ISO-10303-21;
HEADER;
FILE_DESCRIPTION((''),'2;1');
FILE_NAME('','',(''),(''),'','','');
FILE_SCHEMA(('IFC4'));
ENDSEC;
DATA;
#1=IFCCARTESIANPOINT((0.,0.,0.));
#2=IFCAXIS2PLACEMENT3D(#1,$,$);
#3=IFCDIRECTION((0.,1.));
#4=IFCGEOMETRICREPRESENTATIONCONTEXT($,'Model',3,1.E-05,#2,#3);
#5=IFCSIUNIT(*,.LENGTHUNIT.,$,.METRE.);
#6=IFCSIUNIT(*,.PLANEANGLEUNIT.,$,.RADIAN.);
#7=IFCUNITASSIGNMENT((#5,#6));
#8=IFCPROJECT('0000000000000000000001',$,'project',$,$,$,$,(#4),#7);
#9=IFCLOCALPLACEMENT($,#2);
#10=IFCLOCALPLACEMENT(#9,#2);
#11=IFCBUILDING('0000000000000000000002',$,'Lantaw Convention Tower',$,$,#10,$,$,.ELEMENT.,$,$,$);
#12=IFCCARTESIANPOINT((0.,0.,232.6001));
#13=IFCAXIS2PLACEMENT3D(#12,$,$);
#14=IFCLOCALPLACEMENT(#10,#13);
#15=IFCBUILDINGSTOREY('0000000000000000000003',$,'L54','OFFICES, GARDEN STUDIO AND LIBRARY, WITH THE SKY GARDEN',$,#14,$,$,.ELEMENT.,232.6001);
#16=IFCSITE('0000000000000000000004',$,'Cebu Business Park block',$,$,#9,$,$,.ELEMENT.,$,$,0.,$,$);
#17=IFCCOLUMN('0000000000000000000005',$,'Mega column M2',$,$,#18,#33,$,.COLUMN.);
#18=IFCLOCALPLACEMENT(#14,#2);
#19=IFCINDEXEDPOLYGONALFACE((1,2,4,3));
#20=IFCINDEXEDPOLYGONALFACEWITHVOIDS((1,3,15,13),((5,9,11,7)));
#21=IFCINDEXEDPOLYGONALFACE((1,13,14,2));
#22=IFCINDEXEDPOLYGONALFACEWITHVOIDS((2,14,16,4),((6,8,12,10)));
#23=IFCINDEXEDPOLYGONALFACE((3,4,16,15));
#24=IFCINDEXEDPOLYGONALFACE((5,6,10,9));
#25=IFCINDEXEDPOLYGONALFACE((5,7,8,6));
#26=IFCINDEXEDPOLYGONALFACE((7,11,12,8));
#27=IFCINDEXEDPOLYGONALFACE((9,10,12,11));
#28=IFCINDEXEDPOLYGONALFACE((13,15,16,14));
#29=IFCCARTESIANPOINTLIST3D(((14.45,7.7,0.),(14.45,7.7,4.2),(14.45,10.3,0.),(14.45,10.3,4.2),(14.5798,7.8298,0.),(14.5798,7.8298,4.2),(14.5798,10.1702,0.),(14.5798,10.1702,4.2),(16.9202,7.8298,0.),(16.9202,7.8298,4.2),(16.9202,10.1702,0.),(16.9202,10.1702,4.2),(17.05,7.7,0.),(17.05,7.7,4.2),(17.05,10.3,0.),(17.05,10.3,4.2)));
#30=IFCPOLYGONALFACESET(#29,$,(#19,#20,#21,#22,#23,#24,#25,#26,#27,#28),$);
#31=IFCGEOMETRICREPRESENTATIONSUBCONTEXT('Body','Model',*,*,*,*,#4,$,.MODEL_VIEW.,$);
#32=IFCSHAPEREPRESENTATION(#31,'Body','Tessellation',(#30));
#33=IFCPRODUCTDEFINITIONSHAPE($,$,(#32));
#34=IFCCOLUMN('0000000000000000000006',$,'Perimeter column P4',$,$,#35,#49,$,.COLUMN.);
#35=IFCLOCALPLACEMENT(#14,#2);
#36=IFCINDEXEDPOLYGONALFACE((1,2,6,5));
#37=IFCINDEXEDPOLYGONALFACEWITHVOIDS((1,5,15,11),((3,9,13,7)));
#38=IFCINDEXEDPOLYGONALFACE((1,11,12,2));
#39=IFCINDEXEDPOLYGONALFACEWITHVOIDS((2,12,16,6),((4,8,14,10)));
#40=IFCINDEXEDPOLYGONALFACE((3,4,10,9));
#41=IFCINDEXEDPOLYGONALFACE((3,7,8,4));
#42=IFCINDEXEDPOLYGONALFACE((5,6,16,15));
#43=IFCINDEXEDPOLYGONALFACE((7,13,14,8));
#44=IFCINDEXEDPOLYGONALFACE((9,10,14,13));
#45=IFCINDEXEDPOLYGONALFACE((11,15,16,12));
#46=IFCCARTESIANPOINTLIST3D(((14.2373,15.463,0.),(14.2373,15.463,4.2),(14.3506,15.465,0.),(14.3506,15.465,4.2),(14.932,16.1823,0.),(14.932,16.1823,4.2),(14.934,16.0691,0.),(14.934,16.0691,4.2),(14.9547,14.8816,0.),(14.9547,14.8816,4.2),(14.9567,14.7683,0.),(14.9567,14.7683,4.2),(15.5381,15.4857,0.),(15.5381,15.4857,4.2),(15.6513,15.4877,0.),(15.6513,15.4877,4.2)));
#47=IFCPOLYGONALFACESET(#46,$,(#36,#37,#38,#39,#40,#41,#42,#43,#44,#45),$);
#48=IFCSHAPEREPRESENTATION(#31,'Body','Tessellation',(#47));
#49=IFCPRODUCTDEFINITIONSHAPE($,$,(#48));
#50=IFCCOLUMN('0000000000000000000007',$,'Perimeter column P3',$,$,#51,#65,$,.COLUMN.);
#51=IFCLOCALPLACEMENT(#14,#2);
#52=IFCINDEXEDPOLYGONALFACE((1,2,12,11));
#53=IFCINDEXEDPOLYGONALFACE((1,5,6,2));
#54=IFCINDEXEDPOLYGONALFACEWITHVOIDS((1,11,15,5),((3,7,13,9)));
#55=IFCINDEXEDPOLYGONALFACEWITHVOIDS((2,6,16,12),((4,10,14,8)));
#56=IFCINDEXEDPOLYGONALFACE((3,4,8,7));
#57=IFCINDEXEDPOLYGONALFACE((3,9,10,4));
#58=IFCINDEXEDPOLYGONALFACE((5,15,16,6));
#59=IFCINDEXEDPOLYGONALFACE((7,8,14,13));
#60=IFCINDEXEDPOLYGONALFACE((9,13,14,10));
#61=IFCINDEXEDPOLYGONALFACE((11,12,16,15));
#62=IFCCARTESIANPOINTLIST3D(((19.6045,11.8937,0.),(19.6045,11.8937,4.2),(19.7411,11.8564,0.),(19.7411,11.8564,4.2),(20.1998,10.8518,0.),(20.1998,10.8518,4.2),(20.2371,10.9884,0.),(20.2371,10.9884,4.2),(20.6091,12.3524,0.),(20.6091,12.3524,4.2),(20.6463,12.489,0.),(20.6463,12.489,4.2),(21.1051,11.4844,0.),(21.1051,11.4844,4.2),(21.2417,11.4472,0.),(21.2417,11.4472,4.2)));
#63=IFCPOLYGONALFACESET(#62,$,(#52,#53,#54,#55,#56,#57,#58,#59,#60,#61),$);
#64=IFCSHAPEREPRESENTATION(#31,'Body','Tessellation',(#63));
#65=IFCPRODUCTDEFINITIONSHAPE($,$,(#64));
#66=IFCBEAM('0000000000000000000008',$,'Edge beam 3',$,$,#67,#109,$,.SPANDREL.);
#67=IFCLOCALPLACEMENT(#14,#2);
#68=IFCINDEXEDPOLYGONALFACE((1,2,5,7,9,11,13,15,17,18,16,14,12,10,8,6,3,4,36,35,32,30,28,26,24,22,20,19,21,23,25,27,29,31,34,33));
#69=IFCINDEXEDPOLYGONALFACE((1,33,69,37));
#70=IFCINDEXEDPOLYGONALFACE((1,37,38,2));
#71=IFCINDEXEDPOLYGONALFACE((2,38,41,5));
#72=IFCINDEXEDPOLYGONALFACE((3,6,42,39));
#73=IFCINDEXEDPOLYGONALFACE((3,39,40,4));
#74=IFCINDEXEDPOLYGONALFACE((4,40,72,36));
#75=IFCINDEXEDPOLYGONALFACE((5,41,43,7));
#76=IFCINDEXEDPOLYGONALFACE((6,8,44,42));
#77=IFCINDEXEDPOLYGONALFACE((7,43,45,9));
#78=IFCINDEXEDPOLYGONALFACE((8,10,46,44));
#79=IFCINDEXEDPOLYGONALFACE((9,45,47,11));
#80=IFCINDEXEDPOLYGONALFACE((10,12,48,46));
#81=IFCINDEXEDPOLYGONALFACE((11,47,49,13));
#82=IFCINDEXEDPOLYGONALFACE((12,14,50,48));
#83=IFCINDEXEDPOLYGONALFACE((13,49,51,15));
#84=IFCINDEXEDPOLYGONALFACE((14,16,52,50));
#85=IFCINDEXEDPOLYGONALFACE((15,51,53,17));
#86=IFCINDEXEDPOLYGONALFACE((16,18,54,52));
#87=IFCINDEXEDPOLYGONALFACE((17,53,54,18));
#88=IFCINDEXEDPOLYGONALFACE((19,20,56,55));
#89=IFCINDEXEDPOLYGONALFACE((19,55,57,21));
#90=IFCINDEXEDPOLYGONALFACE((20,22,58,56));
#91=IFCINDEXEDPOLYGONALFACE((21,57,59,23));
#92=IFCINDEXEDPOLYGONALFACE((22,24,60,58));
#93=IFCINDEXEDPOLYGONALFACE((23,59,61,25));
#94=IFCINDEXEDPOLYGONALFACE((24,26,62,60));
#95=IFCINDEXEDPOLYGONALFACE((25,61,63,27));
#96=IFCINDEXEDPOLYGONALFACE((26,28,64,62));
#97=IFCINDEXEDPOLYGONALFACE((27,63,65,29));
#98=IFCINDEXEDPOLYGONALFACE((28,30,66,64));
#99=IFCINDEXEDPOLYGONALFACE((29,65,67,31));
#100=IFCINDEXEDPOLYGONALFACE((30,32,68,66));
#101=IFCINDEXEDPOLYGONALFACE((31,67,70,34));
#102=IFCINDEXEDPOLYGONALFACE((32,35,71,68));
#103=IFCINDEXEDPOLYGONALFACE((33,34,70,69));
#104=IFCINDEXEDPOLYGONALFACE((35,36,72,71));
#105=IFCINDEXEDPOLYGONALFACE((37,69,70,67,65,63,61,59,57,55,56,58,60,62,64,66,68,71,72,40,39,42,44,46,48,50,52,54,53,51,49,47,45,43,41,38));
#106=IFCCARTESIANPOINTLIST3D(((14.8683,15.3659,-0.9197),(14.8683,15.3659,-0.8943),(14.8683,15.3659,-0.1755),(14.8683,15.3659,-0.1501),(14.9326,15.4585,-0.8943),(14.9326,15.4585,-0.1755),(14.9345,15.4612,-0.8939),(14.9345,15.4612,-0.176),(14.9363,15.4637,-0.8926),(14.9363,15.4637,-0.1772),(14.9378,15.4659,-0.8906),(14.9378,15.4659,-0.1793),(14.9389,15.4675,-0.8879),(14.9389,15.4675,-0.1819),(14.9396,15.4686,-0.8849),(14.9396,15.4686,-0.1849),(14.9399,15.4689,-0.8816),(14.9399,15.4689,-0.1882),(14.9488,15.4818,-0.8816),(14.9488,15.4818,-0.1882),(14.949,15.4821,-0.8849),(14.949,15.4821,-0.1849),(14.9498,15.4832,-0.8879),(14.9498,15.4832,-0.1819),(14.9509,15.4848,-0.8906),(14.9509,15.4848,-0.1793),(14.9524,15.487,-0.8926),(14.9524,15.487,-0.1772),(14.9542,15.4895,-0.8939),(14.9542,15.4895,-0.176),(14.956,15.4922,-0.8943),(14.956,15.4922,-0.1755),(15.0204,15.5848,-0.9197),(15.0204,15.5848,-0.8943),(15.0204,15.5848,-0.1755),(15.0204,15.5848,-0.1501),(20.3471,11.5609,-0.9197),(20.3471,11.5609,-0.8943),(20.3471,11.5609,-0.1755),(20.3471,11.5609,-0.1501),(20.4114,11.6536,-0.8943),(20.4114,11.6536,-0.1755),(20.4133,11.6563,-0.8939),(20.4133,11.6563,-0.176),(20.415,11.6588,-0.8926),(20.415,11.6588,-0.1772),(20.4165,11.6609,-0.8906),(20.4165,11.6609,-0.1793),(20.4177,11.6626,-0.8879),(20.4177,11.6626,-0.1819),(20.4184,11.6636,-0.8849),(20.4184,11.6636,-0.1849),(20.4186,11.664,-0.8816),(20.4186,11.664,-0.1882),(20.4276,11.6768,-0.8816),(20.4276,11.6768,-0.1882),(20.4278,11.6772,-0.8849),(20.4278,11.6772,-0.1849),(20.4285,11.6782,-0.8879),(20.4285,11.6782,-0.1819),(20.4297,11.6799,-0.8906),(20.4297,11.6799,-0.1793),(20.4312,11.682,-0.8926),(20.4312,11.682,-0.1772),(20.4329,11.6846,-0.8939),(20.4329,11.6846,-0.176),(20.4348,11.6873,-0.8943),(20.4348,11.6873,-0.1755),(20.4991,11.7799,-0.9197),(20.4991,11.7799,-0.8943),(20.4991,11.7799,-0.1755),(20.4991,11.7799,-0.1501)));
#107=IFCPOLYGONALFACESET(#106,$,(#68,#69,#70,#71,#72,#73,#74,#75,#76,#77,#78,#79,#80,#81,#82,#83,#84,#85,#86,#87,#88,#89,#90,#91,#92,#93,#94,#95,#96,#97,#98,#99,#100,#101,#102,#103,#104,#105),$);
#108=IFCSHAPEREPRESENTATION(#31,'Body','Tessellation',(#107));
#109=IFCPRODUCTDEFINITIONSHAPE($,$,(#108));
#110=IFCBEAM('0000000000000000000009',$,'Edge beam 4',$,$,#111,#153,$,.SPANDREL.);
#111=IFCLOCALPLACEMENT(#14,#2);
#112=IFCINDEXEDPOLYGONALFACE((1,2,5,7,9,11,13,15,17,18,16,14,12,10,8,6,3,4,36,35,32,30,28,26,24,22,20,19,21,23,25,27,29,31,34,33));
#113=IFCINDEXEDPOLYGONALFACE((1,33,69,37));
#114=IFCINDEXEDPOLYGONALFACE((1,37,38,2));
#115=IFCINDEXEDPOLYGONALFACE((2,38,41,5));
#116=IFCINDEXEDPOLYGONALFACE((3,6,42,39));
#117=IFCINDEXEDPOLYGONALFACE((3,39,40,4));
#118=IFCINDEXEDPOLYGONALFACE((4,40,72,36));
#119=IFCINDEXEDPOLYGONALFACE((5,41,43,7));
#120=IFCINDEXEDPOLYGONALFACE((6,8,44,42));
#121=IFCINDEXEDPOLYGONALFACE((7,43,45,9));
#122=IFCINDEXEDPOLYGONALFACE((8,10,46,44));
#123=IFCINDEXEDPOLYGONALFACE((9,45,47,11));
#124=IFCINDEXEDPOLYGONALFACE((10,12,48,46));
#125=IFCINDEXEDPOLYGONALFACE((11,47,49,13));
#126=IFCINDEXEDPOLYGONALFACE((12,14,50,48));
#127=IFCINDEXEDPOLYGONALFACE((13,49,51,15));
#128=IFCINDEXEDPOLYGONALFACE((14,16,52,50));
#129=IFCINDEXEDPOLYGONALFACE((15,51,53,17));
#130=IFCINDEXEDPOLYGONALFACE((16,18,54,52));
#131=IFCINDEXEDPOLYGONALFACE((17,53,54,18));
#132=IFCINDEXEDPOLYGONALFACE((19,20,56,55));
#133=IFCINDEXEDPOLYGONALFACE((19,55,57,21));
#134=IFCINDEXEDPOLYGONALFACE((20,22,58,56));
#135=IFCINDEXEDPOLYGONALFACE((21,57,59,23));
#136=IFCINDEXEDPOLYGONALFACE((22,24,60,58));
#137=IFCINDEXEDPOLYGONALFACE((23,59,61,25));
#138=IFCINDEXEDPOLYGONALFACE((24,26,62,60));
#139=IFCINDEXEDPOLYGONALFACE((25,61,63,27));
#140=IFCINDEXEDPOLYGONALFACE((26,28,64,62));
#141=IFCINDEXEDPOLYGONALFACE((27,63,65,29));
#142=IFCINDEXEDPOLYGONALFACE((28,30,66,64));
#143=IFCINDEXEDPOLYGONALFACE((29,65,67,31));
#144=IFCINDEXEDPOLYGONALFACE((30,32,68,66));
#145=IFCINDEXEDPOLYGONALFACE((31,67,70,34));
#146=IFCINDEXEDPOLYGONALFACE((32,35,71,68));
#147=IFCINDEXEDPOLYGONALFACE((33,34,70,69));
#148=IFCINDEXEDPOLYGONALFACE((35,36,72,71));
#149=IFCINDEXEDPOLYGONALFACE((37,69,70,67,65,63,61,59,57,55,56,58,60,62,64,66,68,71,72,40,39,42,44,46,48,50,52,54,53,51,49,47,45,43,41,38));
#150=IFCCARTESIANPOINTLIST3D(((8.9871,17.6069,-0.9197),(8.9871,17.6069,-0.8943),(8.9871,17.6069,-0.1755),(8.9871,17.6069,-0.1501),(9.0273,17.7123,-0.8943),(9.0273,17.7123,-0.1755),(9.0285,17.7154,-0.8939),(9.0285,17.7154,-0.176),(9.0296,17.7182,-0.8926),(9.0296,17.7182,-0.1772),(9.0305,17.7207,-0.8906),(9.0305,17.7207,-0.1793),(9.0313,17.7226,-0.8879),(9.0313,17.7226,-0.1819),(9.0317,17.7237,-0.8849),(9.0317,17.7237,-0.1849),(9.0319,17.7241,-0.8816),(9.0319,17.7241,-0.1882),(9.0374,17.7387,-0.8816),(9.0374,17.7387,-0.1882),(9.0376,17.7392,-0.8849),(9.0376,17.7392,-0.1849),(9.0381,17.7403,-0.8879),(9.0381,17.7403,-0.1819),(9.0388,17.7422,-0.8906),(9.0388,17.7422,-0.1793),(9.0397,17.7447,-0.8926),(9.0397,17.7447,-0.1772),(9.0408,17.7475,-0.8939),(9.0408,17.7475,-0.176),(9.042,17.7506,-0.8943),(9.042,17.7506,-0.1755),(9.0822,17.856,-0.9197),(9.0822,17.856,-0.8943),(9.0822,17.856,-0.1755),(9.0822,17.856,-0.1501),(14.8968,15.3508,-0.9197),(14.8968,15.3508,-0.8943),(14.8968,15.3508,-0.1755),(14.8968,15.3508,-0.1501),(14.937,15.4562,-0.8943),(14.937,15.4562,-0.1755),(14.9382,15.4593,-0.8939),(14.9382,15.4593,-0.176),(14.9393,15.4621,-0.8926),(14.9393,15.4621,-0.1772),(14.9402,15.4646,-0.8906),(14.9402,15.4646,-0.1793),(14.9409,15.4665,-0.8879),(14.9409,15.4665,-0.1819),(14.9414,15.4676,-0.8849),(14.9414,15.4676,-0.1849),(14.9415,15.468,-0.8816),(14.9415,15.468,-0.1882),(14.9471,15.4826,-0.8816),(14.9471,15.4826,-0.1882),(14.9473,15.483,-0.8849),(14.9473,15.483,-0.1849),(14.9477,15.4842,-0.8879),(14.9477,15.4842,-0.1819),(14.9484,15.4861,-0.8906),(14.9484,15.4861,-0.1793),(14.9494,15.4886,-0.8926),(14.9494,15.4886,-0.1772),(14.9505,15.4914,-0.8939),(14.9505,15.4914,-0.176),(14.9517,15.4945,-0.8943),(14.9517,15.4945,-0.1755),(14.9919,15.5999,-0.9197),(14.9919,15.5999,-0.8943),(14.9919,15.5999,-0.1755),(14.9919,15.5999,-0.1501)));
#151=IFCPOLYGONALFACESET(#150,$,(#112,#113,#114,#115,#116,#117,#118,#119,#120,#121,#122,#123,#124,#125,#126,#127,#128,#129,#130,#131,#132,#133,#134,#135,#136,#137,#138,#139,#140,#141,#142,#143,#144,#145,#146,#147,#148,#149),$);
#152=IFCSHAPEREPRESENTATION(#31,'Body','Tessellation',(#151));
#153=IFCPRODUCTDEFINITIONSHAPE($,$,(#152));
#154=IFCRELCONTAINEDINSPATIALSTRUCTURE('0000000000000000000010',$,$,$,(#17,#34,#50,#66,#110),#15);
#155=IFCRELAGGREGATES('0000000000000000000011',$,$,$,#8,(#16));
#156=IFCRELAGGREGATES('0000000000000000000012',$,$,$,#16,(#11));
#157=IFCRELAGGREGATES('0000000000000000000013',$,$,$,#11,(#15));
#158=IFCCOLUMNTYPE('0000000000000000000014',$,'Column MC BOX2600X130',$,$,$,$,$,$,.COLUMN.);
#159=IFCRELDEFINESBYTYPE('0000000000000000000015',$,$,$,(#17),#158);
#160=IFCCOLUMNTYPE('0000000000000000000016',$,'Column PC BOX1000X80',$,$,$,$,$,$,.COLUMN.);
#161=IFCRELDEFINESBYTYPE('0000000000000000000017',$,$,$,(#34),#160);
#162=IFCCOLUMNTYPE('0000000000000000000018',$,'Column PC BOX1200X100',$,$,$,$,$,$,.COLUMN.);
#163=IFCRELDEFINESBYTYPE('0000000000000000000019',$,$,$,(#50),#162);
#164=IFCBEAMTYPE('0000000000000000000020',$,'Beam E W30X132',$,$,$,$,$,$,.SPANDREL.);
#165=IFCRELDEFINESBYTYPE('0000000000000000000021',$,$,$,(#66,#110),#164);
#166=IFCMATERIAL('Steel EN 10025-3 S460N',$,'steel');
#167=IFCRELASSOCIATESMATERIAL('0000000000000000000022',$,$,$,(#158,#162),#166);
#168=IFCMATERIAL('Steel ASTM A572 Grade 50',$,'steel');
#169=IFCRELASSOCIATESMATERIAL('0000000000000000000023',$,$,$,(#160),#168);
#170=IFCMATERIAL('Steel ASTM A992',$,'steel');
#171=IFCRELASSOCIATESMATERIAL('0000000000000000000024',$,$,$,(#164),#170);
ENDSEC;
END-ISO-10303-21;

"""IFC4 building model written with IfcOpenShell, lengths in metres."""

from ifc_helpers import new_model, si_unit, direction, frame, origin, origin_2d, place, context, subcontext, project, spatial, rectangle, hollow_rectangle, i_section, extrude, material, material_profile, profile_set, type_object, element, save


model = new_model("IFC4")

# Units and contexts
model_context = context("Model", 3, precision=1e-05, world=origin(), true_north=direction((0.0, 1.0)))
body_context = subcontext(model_context, "Body", "Model", "MODEL_VIEW")
ifc_project = project(units=[si_unit("LENGTHUNIT", "METRE"), si_unit("PLANEANGLEUNIT", "RADIAN")], contexts=[model_context])

# Site, building, storey
site_placement = place(None, origin())
site = spatial("IfcSite", under=ifc_project, at=site_placement, Name="Cebu Business Park block", CompositionType="ELEMENT", RefElevation=0.0)
building_placement = place(site_placement, origin())
building = spatial("IfcBuilding", under=site, at=building_placement, Name="Lantaw Convention Tower", CompositionType="ELEMENT")
storey_placement = place(building_placement, frame((0.0, 0.0, 232.6001)))
storey = spatial("IfcBuildingStorey", under=building, at=storey_placement, Name="L54", Description="OFFICES, GARDEN STUDIO AND LIBRARY, WITH THE SKY GARDEN", CompositionType="ELEMENT", Elevation=232.6001)

# Columns
ifc_material_1 = material(Name="Steel EN 10025-3 S460N", Category="steel")
ifc_material_profile_1 = material_profile(ifc_material_1, hollow_rectangle(XDim=2.6001, YDim=2.6001, WallThickness=0.1299, at=origin_2d()), Name="BOX2600X130")
ifc_material_2 = material(Name="Concrete C60/75", Category="concrete")
ifc_material_profile_2 = material_profile(ifc_material_2, rectangle(XDim=2.3401, YDim=2.3401, at=origin_2d()), Name="Concrete fill of BOX2600X130")
ifc_profile_set_1 = profile_set([ifc_material_profile_1, ifc_material_profile_2], Name="Steel EN 10025-3 S460N")
column_type_1 = type_object("IfcColumnType", Name="Column MC BOX2600X130", PredefinedType="COLUMN", material=ifc_profile_set_1)
column_1_placement = place(storey_placement, frame((15.75, 9.0, 0.0), z_axis=(0.0, 0.0, 1.0), x_axis=(1.0, 0.0, 0.0)))
element("IfcColumn", 1, at=column_1_placement, inside=storey, type_object=column_type_1, Name="Mega column M2", PredefinedType="COLUMN", context=body_context, shape_type="SweptSolid", body=[
    extrude(hollow_rectangle(XDim=2.6001, YDim=2.6001, WallThickness=0.1299, at=origin_2d()), origin(), (0.0, 0.0, 1.0), 4.2),
])
ifc_material_3 = material(Name="Steel ASTM A572 Grade 50", Category="steel")
ifc_material_profile_3 = material_profile(ifc_material_3, hollow_rectangle(XDim=1.0, YDim=1.0, WallThickness=0.0801, at=origin_2d()), Name="BOX1000X80")
ifc_material_profile_4 = material_profile(ifc_material_2, rectangle(XDim=0.8401, YDim=0.8401, at=origin_2d()), Name="Concrete fill of BOX1000X80")
ifc_profile_set_2 = profile_set([ifc_material_profile_3, ifc_material_profile_4], Name="Steel ASTM A572 Grade 50")
column_type_2 = type_object("IfcColumnType", Name="Column PC BOX1000X80", PredefinedType="COLUMN", material=ifc_profile_set_2)
column_2_placement = place(storey_placement, frame((14.9443, 15.4753, 0.0), z_axis=(0.0, 0.0, 1.0), x_axis=(0.694658, 0.71934, 0.0)))
element("IfcColumn", 2, at=column_2_placement, inside=storey, type_object=column_type_2, Name="Perimeter column P4", PredefinedType="COLUMN", context=body_context, shape_type="SweptSolid", body=[
    extrude(hollow_rectangle(XDim=1.0, YDim=1.0, WallThickness=0.0801, at=origin_2d()), origin(), (0.0, 0.0, 1.0), 4.2),
])
ifc_material_profile_5 = material_profile(ifc_material_1, hollow_rectangle(XDim=1.2, YDim=1.2, WallThickness=0.1001, at=origin_2d()), Name="BOX1200X100")
ifc_material_profile_6 = material_profile(ifc_material_2, rectangle(XDim=1.0, YDim=1.0, at=origin_2d()), Name="Concrete fill of BOX1200X100")
ifc_profile_set_3 = profile_set([ifc_material_profile_5, ifc_material_profile_6], Name="Steel EN 10025-3 S460N")
column_type_3 = type_object("IfcColumnType", Name="Column PC BOX1200X100", PredefinedType="COLUMN", material=ifc_profile_set_3)
column_3_placement = place(storey_placement, frame((20.4231, 11.6704, 0.0), z_axis=(0.0, 0.0, 1.0), x_axis=(0.868243, 0.496139, 0.0)))
element("IfcColumn", 3, at=column_3_placement, inside=storey, type_object=column_type_3, Name="Perimeter column P3", PredefinedType="COLUMN", context=body_context, shape_type="SweptSolid", body=[
    extrude(hollow_rectangle(XDim=1.2, YDim=1.2, WallThickness=0.1001, at=origin_2d()), origin(), (0.0, 0.0, 1.0), 4.2),
])

# Beams
ifc_material_4 = material(Name="Steel ASTM A992", Category="steel")
ifc_material_profile_7 = material_profile(ifc_material_4, i_section(OverallWidth=0.2666, OverallDepth=0.7695, WebThickness=0.0156, FlangeThickness=0.0254, FilletRadius=0.0127, at=origin_2d()), Name="W30X132")
ifc_profile_set_4 = profile_set([ifc_material_profile_7], Name="Steel ASTM A992")
beam_type_1 = type_object("IfcBeamType", Name="Beam E W30X132", PredefinedType="SPANDREL", material=ifc_profile_set_4)
beam_1_placement = place(storey_placement, frame((20.4231, 11.6704, -0.5349), z_axis=(-0.821353, 0.57042, 0.0), x_axis=(-0.57042, -0.821353, 0.0)))
element("IfcBeam", 4, at=beam_1_placement, inside=storey, type_object=beam_type_1, Name="Edge beam 3", PredefinedType="SPANDREL", context=body_context, shape_type="SweptSolid", body=[
    extrude(i_section(OverallWidth=0.2666, OverallDepth=0.7695, WebThickness=0.0156, FlangeThickness=0.0254, FilletRadius=0.0127, at=origin_2d()), origin(), (0.0, 0.0, 1.0), 6.6704),
])
beam_2_placement = place(storey_placement, frame((14.9443, 15.4753, -0.5349), z_axis=(-0.934235, 0.356658, 0.0), x_axis=(-0.356658, -0.934235, 0.0)))
element("IfcBeam", 5, at=beam_2_placement, inside=storey, type_object=beam_type_1, Name="Edge beam 4", PredefinedType="SPANDREL", context=body_context, shape_type="SweptSolid", body=[
    extrude(i_section(OverallWidth=0.2666, OverallDepth=0.7695, WebThickness=0.0156, FlangeThickness=0.0254, FilletRadius=0.0127, at=origin_2d()), origin(), (0.0, 0.0, 1.0), 6.3257),
])

save(model, "model.ifc")
